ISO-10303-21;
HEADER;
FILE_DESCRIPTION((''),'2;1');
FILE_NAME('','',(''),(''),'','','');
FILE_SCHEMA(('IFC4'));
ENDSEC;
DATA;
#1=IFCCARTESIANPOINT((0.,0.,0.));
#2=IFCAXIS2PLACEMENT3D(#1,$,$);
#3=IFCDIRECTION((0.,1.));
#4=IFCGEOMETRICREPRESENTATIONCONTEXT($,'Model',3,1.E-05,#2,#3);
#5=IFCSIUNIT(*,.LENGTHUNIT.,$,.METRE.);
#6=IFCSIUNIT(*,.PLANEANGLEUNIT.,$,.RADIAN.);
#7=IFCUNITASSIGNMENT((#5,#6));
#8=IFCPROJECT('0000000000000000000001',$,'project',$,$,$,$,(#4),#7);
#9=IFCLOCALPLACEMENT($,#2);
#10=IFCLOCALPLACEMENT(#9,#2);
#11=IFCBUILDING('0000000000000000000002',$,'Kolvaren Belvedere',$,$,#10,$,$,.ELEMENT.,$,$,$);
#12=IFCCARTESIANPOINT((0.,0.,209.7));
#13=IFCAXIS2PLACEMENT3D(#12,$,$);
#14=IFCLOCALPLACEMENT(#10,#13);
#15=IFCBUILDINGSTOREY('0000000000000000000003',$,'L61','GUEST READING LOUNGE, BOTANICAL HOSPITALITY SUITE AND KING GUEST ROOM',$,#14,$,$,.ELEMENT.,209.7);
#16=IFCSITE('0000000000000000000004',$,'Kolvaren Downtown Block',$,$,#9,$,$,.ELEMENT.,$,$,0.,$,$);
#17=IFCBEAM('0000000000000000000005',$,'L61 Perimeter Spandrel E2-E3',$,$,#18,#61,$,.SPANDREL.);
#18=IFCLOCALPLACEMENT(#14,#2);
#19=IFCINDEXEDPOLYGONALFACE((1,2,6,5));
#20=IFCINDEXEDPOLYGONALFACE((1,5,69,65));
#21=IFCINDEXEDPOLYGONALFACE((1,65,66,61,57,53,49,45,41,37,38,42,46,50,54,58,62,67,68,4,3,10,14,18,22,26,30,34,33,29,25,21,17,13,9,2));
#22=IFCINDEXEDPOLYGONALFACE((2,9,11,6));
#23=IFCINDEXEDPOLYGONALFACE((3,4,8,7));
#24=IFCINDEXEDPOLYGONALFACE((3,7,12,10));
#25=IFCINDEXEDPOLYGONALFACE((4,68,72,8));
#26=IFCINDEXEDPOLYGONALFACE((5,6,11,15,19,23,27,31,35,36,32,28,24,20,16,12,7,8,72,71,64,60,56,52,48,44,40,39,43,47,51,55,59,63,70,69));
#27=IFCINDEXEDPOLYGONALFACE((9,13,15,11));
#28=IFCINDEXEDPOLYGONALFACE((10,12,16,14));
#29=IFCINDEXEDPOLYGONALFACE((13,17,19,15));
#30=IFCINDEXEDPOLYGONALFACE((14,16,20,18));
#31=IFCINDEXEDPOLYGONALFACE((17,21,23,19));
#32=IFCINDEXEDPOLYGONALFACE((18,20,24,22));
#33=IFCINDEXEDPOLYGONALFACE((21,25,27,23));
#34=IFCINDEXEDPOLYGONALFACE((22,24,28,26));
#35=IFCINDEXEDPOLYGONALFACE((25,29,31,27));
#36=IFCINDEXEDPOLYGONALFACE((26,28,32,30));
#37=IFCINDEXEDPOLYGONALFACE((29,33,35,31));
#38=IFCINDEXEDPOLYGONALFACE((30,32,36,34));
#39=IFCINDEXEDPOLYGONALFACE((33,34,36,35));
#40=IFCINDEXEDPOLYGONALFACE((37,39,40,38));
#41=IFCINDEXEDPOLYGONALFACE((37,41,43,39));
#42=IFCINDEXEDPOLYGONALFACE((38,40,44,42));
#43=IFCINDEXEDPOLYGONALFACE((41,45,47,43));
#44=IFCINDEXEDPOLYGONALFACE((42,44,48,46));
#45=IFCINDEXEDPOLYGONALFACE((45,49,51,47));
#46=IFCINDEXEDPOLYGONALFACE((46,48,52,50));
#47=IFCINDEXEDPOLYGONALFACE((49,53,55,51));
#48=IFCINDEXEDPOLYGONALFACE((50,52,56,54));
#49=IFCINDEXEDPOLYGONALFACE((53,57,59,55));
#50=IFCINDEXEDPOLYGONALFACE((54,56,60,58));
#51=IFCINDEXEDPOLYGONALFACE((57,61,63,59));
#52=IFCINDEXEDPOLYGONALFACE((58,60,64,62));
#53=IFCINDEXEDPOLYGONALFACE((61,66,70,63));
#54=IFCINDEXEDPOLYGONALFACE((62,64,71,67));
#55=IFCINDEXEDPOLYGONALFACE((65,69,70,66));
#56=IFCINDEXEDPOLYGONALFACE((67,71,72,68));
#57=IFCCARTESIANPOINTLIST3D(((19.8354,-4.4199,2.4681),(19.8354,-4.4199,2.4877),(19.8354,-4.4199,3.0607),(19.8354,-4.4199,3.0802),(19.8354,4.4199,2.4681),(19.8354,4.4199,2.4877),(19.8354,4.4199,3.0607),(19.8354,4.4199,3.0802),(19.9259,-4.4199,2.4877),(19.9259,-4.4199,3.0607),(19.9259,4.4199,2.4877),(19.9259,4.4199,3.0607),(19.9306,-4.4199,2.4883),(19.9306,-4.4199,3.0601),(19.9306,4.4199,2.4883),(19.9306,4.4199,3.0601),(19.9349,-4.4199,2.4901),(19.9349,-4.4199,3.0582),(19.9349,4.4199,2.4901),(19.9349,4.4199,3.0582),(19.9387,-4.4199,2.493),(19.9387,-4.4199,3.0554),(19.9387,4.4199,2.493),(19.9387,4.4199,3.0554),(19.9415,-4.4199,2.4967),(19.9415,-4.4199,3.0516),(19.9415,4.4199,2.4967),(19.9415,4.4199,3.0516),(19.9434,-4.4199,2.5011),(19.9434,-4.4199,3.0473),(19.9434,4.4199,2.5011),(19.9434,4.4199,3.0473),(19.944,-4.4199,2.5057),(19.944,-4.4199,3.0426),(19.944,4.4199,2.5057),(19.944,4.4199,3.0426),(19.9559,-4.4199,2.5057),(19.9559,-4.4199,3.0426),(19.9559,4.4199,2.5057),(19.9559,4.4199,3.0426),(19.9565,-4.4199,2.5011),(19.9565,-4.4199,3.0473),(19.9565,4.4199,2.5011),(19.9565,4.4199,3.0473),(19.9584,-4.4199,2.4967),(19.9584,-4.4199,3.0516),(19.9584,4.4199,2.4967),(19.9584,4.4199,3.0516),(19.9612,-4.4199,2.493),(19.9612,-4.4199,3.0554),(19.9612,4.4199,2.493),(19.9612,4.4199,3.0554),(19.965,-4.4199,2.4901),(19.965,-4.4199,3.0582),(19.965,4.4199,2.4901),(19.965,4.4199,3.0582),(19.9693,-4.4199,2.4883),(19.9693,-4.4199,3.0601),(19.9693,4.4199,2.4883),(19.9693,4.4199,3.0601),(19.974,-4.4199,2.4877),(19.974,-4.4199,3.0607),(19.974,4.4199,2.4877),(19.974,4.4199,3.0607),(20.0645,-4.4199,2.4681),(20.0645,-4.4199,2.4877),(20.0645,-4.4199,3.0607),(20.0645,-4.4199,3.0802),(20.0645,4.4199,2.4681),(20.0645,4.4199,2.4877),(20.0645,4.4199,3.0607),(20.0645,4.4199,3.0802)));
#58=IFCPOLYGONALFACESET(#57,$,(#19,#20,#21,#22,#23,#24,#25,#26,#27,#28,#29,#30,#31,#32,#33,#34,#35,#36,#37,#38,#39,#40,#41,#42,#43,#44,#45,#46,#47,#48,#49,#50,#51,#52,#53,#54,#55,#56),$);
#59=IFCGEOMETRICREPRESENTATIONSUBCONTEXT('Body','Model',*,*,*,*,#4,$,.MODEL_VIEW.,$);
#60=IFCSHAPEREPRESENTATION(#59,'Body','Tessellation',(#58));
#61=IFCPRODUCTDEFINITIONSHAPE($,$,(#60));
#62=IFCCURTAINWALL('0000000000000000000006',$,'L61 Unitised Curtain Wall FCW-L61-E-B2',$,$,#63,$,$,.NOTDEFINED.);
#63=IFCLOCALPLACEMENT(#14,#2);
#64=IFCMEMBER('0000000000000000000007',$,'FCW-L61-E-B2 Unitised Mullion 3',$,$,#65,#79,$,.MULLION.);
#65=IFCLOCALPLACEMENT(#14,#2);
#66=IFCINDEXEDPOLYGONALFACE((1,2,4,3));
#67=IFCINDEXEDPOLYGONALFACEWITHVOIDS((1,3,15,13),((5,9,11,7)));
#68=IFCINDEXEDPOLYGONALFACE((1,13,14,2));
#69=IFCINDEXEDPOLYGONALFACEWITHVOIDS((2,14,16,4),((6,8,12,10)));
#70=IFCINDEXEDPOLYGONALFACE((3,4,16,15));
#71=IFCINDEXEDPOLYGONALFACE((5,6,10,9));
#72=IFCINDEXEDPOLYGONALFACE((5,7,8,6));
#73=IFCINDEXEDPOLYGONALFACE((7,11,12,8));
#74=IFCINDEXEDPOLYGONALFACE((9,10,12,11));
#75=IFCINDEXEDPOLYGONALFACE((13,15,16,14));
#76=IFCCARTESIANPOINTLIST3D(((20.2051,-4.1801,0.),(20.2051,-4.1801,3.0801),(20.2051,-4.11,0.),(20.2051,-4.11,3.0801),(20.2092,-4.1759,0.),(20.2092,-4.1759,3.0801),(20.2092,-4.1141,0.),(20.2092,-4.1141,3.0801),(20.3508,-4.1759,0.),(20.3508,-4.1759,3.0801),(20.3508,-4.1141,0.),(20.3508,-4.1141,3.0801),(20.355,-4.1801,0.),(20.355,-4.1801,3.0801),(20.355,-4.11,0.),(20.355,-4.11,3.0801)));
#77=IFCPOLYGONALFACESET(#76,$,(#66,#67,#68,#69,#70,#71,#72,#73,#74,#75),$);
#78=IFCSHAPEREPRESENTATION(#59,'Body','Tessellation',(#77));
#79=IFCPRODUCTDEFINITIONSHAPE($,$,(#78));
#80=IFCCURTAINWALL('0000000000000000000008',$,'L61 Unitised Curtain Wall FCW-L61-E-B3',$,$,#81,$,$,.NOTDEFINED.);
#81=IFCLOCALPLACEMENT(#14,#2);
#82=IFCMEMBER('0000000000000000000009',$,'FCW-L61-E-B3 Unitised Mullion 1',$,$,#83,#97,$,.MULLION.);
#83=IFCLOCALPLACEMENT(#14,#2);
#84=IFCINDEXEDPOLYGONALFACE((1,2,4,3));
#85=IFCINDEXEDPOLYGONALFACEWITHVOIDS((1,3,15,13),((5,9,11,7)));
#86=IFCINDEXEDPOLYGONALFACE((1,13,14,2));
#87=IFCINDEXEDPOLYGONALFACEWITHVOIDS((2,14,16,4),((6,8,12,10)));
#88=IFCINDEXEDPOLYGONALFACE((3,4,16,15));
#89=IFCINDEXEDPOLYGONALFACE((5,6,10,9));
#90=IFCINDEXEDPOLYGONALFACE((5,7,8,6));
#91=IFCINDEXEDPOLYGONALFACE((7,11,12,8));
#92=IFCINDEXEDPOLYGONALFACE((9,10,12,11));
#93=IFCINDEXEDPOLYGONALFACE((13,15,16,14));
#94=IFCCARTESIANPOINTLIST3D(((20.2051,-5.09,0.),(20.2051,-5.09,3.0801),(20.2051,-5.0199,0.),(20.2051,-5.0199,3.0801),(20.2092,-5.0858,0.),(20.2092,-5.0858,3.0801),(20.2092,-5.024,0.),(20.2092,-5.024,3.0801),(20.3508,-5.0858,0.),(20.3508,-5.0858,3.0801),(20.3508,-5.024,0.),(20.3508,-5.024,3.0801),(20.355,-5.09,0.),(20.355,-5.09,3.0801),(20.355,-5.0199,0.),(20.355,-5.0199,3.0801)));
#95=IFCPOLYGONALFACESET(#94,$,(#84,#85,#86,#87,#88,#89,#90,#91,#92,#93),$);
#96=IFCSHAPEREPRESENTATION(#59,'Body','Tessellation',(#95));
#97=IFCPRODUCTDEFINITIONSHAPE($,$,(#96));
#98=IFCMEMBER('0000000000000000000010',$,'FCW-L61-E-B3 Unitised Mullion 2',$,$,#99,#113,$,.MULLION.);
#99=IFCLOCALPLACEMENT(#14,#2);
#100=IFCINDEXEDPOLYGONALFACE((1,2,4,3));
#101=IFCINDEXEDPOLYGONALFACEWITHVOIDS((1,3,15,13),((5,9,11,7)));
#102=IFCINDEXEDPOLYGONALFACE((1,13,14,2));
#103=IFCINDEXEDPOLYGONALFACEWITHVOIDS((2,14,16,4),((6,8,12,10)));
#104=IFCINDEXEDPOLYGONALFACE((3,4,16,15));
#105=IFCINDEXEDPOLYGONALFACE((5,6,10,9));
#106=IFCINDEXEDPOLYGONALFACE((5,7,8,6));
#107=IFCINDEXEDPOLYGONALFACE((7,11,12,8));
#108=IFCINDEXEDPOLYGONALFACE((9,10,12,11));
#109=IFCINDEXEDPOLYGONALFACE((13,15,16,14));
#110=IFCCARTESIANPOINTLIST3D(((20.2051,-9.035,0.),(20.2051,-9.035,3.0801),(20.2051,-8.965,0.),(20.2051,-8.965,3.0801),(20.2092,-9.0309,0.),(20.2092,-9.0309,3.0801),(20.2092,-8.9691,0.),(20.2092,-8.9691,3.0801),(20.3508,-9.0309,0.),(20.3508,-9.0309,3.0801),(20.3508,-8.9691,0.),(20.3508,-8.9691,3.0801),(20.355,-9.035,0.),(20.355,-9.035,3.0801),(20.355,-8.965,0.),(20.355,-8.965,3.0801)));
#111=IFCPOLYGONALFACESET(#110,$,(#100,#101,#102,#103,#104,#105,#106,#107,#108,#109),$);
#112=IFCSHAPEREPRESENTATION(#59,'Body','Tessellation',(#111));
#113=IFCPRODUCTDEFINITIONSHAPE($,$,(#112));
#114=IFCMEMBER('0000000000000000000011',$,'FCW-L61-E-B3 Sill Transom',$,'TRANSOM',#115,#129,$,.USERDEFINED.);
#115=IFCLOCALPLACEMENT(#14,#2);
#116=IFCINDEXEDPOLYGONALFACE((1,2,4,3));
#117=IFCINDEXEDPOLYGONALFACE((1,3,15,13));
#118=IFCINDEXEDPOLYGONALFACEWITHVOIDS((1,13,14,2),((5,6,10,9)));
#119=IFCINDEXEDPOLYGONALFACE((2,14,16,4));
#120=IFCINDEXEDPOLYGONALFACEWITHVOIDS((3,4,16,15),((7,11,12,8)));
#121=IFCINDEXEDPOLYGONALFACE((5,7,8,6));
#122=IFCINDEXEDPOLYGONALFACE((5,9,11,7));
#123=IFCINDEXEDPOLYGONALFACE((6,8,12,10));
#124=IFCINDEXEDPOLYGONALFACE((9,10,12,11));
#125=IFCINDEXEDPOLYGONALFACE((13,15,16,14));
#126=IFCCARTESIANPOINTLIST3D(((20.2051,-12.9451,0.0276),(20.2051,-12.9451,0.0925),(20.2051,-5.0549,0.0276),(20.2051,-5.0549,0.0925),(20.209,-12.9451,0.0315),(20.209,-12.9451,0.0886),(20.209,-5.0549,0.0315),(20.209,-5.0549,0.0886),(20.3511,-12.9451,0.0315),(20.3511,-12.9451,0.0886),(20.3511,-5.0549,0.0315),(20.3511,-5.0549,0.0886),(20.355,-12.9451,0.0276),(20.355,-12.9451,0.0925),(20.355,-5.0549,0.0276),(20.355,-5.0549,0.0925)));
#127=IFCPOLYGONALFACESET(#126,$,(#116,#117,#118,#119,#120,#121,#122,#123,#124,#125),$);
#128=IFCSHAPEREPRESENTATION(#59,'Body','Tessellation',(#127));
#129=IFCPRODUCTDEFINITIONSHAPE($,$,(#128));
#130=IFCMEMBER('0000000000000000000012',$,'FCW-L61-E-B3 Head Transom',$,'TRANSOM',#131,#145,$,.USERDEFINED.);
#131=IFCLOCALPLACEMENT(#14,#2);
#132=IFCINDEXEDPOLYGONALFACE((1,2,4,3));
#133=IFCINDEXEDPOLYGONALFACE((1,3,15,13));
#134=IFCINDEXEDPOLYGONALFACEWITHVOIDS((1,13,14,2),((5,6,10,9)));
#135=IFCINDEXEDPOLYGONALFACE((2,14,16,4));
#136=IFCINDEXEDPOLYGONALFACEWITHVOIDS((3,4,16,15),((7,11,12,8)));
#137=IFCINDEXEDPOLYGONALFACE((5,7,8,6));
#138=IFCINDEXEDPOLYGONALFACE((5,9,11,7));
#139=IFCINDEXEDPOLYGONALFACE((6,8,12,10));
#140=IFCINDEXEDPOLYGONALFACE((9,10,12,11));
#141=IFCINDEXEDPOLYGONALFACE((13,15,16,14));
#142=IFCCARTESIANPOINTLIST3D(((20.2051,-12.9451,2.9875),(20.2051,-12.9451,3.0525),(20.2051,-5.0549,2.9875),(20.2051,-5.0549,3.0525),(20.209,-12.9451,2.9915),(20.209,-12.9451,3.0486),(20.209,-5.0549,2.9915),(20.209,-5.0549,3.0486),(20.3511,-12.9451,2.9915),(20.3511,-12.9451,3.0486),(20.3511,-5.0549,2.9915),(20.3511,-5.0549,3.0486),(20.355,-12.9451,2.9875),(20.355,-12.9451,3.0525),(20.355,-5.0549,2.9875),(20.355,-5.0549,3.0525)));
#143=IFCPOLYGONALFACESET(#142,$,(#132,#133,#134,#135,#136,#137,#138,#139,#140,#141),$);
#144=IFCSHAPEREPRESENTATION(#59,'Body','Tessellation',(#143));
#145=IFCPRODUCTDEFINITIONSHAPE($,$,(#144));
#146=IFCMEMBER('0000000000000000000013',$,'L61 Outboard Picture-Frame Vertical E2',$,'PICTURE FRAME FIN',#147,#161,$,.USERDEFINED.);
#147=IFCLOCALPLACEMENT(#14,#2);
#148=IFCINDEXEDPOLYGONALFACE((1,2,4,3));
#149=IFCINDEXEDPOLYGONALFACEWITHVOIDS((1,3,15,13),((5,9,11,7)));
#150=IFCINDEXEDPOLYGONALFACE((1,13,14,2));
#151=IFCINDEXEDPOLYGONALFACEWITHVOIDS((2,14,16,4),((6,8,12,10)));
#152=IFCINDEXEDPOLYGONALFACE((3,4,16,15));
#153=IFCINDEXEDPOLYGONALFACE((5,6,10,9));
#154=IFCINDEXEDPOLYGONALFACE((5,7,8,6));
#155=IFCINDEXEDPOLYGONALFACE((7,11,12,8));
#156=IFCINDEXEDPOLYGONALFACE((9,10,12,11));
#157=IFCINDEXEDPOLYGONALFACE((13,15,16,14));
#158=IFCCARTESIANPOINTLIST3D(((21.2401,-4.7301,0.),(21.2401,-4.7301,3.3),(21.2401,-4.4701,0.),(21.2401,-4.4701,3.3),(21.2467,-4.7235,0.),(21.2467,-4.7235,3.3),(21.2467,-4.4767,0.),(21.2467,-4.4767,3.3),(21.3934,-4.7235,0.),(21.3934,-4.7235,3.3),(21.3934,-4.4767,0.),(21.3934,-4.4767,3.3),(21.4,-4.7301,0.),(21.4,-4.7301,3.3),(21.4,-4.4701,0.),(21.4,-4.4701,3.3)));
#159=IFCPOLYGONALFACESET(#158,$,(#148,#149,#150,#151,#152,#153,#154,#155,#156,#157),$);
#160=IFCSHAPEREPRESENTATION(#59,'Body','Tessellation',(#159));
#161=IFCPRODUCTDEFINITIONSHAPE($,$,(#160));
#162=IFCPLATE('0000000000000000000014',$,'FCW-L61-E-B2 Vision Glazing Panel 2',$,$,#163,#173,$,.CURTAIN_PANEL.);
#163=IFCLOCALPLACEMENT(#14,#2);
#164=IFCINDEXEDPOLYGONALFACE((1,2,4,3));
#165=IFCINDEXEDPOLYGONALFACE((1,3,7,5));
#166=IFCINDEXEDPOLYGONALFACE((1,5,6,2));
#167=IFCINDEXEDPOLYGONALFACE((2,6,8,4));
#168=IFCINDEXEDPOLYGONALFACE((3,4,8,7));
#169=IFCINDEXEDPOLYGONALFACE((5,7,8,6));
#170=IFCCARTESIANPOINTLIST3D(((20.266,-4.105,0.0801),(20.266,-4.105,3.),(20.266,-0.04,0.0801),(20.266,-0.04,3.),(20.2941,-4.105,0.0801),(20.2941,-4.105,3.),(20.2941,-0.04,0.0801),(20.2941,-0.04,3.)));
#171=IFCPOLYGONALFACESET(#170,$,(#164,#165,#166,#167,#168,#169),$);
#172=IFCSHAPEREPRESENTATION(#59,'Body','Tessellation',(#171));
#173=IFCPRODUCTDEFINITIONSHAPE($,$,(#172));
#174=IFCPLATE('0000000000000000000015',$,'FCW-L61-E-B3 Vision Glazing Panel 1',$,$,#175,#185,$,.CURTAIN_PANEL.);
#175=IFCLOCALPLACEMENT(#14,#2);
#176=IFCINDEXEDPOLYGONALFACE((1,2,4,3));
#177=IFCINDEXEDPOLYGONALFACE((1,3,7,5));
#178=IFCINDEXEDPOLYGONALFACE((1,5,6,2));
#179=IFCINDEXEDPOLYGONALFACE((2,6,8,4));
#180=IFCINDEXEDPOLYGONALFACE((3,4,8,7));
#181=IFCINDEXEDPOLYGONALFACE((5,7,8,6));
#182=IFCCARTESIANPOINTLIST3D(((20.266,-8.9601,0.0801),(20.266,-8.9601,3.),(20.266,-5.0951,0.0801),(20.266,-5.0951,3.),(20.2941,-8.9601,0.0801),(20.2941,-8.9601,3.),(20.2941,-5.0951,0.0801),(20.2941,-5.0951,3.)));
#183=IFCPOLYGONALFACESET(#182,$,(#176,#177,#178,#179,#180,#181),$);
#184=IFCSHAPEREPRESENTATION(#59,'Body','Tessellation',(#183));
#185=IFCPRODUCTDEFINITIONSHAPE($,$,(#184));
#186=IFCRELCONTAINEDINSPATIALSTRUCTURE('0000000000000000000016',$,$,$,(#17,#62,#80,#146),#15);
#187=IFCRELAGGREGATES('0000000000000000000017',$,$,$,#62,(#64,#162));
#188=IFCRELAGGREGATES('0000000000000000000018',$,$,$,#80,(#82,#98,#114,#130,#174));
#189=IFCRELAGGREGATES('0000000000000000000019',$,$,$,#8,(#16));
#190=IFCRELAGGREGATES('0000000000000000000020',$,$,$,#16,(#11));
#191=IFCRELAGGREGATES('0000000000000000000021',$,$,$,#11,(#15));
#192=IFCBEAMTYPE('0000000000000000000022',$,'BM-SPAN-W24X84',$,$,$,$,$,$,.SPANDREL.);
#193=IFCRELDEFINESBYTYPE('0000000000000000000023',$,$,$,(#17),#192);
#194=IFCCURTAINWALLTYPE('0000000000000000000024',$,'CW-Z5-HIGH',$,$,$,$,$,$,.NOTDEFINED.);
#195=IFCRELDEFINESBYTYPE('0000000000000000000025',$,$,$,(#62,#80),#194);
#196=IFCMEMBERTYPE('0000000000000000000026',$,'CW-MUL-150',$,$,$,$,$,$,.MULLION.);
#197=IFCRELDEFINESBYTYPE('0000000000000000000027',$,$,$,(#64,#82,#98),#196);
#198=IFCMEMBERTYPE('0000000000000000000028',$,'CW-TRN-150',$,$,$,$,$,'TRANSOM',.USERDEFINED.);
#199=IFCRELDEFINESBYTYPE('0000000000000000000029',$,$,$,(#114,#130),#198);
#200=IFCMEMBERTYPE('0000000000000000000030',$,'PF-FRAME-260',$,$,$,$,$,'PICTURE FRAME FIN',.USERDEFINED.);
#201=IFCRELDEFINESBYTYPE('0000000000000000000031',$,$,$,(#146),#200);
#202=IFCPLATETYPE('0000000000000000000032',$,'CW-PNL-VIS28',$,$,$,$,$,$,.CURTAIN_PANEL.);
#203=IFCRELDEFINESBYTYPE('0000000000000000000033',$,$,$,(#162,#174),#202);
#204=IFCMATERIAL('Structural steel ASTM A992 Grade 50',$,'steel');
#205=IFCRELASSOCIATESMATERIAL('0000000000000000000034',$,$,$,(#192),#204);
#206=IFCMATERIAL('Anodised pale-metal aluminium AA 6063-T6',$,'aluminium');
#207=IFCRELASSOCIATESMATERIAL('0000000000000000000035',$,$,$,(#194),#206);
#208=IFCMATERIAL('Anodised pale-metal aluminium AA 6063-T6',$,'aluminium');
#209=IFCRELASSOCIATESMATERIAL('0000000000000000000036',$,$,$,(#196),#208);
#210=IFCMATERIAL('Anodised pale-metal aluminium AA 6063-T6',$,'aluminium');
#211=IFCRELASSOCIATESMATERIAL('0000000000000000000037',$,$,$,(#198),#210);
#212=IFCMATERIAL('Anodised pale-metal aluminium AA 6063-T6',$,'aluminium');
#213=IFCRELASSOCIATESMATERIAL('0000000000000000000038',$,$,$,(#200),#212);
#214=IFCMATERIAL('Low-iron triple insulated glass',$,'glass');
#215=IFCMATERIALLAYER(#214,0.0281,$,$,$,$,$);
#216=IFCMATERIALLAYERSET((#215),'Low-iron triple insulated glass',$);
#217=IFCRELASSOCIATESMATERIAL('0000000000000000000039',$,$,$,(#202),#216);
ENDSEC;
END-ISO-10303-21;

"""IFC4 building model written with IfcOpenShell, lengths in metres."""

from ifc_helpers import new_model, si_unit, direction, frame, origin, origin_2d, place, context, subcontext, project, spatial, rectangle, hollow_rectangle, i_section, extrude, material, layer, layer_set, material_profile, profile_set, type_object, element, aggregate, save


model = new_model("IFC4")

# Units and contexts
model_context = context("Model", 3, precision=1e-05, world=origin(), true_north=direction((0.0, 1.0)))
body_context = subcontext(model_context, "Body", "Model", "MODEL_VIEW")
ifc_project = project(units=[si_unit("LENGTHUNIT", "METRE"), si_unit("PLANEANGLEUNIT", "RADIAN")], contexts=[model_context])

# Site, building, storey
site_placement = place(None, origin())
site = spatial("IfcSite", under=ifc_project, at=site_placement, Name="Kolvaren Downtown Block", CompositionType="ELEMENT", RefElevation=0.0)
building_placement = place(site_placement, origin())
building = spatial("IfcBuilding", under=site, at=building_placement, Name="Kolvaren Belvedere", CompositionType="ELEMENT")
storey_placement = place(building_placement, frame((0.0, 0.0, 209.7)))
storey = spatial("IfcBuildingStorey", under=building, at=storey_placement, Name="L61", Description="GUEST READING LOUNGE, BOTANICAL HOSPITALITY SUITE AND KING GUEST ROOM", CompositionType="ELEMENT", Elevation=209.7)

# Beam
ifc_material_1 = material(Name="Structural steel ASTM A992 Grade 50", Category="steel")
ifc_material_profile_1 = material_profile(ifc_material_1, i_section(OverallWidth=0.229, OverallDepth=0.6121, WebThickness=0.012, FlangeThickness=0.0195, FilletRadius=0.0181, at=origin_2d()), Name="W24X84")
ifc_profile_set_1 = profile_set([ifc_material_profile_1], Name="Structural steel ASTM A992 Grade 50")
beam_type_1 = type_object("IfcBeamType", Name="BM-SPAN-W24X84", PredefinedType="SPANDREL", material=ifc_profile_set_1)
beam_1_placement = place(storey_placement, frame((19.95, -4.4199, 2.7742), z_axis=(0.0, 1.0, 0.0), x_axis=(-1.0, 0.0, 0.0)))
element("IfcBeam", 1, at=beam_1_placement, inside=storey, type_object=beam_type_1, Name="L61 Perimeter Spandrel E2-E3", PredefinedType="SPANDREL", context=body_context, shape_type="SweptSolid", body=[
    extrude(i_section(OverallWidth=0.229, OverallDepth=0.6121, WebThickness=0.012, FlangeThickness=0.0195, FilletRadius=0.0181, at=origin_2d()), origin(), (0.0, 0.0, 1.0), 8.8398),
])

# Curtain wall, member
ifc_material_2 = material(Name="Anodised pale-metal aluminium AA 6063-T6", Category="aluminium")
curtain_wall_type = type_object("IfcCurtainWallType", Name="CW-Z5-HIGH", PredefinedType="NOTDEFINED", material=ifc_material_2)
curtain_wall_1_placement = place(storey_placement, origin())
curtain_wall_1 = element("IfcCurtainWall", 2, at=curtain_wall_1_placement, inside=storey, type_object=curtain_wall_type, Name="L61 Unitised Curtain Wall FCW-L61-E-B2", PredefinedType="NOTDEFINED")
ifc_material_3 = material(Name="Anodised pale-metal aluminium AA 6063-T6", Category="aluminium")
ifc_material_profile_2 = material_profile(ifc_material_3, hollow_rectangle(XDim=0.0701, YDim=0.1499, WallThickness=0.0042, at=origin_2d()), Name="ALU-MUL-150X70")
ifc_profile_set_2 = profile_set([ifc_material_profile_2], Name="Anodised pale-metal aluminium AA 6063-T6")
member_type_1 = type_object("IfcMemberType", Name="CW-MUL-150", PredefinedType="MULLION", material=ifc_profile_set_2)
member_1_placement = place(storey_placement, frame((20.28, -4.145, 0.0), z_axis=(0.0, 0.0, 1.0), x_axis=(0.0, 1.0, 0.0)))
member_1 = element("IfcMember", 3, at=member_1_placement, type_object=member_type_1, Name="FCW-L61-E-B2 Unitised Mullion 3", PredefinedType="MULLION", context=body_context, shape_type="SweptSolid", body=[
    extrude(hollow_rectangle(XDim=0.0701, YDim=0.1499, WallThickness=0.0042, at=origin_2d()), origin(), (0.0, 0.0, 1.0), 3.0801),
])

# Curtain wall, members
curtain_wall_2_placement = place(storey_placement, origin())
curtain_wall_2 = element("IfcCurtainWall", 4, at=curtain_wall_2_placement, inside=storey, type_object=curtain_wall_type, Name="L61 Unitised Curtain Wall FCW-L61-E-B3", PredefinedType="NOTDEFINED")
member_2_placement = place(storey_placement, frame((20.28, -5.0549, 0.0), z_axis=(0.0, 0.0, 1.0), x_axis=(0.0, 1.0, 0.0)))
member_2 = element("IfcMember", 5, at=member_2_placement, type_object=member_type_1, Name="FCW-L61-E-B3 Unitised Mullion 1", PredefinedType="MULLION", context=body_context, shape_type="SweptSolid", body=[
    extrude(hollow_rectangle(XDim=0.0701, YDim=0.1499, WallThickness=0.0042, at=origin_2d()), origin(), (0.0, 0.0, 1.0), 3.0801),
])
member_3_placement = place(storey_placement, frame((20.28, -9.0, 0.0), z_axis=(0.0, 0.0, 1.0), x_axis=(0.0, 1.0, 0.0)))
member_3 = element("IfcMember", 6, at=member_3_placement, type_object=member_type_1, Name="FCW-L61-E-B3 Unitised Mullion 2", PredefinedType="MULLION", context=body_context, shape_type="SweptSolid", body=[
    extrude(hollow_rectangle(XDim=0.0701, YDim=0.1499, WallThickness=0.0042, at=origin_2d()), origin(), (0.0, 0.0, 1.0), 3.0801),
])
ifc_material_4 = material(Name="Anodised pale-metal aluminium AA 6063-T6", Category="aluminium")
ifc_material_profile_3 = material_profile(ifc_material_4, hollow_rectangle(XDim=0.0649, YDim=0.1499, WallThickness=0.0039, at=origin_2d()), Name="ALU-TRN-150X65")
ifc_profile_set_3 = profile_set([ifc_material_profile_3], Name="Anodised pale-metal aluminium AA 6063-T6")
member_type_2 = type_object("IfcMemberType", Name="CW-TRN-150", ElementType="TRANSOM", PredefinedType="USERDEFINED", material=ifc_profile_set_3)
member_4_placement = place(storey_placement, frame((20.28, -5.0549, 0.0601), z_axis=(0.0, -1.0, 0.0), x_axis=(0.0, 0.0, 1.0)))
member_4 = element("IfcMember", 7, at=member_4_placement, type_object=member_type_2, Name="FCW-L61-E-B3 Sill Transom", ObjectType="TRANSOM", PredefinedType="USERDEFINED", context=body_context, shape_type="SweptSolid", body=[
    extrude(hollow_rectangle(XDim=0.0649, YDim=0.1499, WallThickness=0.0039, at=origin_2d()), origin(), (0.0, 0.0, 1.0), 7.8901),
])
member_5_placement = place(storey_placement, frame((20.28, -5.0549, 3.02), z_axis=(0.0, -1.0, 0.0), x_axis=(0.0, 0.0, 1.0)))
member_5 = element("IfcMember", 8, at=member_5_placement, type_object=member_type_2, Name="FCW-L61-E-B3 Head Transom", ObjectType="TRANSOM", PredefinedType="USERDEFINED", context=body_context, shape_type="SweptSolid", body=[
    extrude(hollow_rectangle(XDim=0.0649, YDim=0.1499, WallThickness=0.0039, at=origin_2d()), origin(), (0.0, 0.0, 1.0), 7.8901),
])

# Member
ifc_material_5 = material(Name="Anodised pale-metal aluminium AA 6063-T6", Category="aluminium")
ifc_material_profile_4 = material_profile(ifc_material_5, hollow_rectangle(XDim=0.1599, YDim=0.26, WallThickness=0.0066, at=origin_2d()), Name="ALU-PF-260X160")
ifc_profile_set_4 = profile_set([ifc_material_profile_4], Name="Anodised pale-metal aluminium AA 6063-T6")
member_type_3 = type_object("IfcMemberType", Name="PF-FRAME-260", ElementType="PICTURE FRAME FIN", PredefinedType="USERDEFINED", material=ifc_profile_set_4)
member_6_placement = place(storey_placement, frame((21.3201, -4.6001, 0.0), z_axis=(0.0, 0.0, 1.0), x_axis=(1.0, 0.0, 0.0)))
element("IfcMember", 9, at=member_6_placement, inside=storey, type_object=member_type_3, Name="L61 Outboard Picture-Frame Vertical E2", ObjectType="PICTURE FRAME FIN", PredefinedType="USERDEFINED", context=body_context, shape_type="SweptSolid", body=[
    extrude(hollow_rectangle(XDim=0.1599, YDim=0.26, WallThickness=0.0066, at=origin_2d()), origin(), (0.0, 0.0, 1.0), 3.3),
])

# Plates
ifc_material_6 = material(Name="Low-iron triple insulated glass", Category="glass")
ifc_layer_1 = layer(ifc_material_6, 0.0281)
ifc_layer_set_1 = layer_set([ifc_layer_1], Name="Low-iron triple insulated glass")
plate_type_1 = type_object("IfcPlateType", Name="CW-PNL-VIS28", PredefinedType="CURTAIN_PANEL", material=ifc_layer_set_1)
plate_1_placement = place(storey_placement, frame((20.28, -2.0725, 0.0801), z_axis=(0.0, 0.0, 1.0), x_axis=(0.0, -1.0, 0.0)))
plate_1 = element("IfcPlate", 10, at=plate_1_placement, type_object=plate_type_1, Name="FCW-L61-E-B2 Vision Glazing Panel 2", PredefinedType="CURTAIN_PANEL", context=body_context, shape_type="SweptSolid", body=[
    extrude(rectangle(XDim=4.0649, YDim=0.0281, at=origin_2d()), origin(), (0.0, 0.0, 1.0), 2.9199),
])
aggregate(curtain_wall_1, [member_1, plate_1])
plate_2_placement = place(storey_placement, frame((20.28, -7.0276, 0.0801), z_axis=(0.0, 0.0, 1.0), x_axis=(0.0, -1.0, 0.0)))
plate_2 = element("IfcPlate", 11, at=plate_2_placement, type_object=plate_type_1, Name="FCW-L61-E-B3 Vision Glazing Panel 1", PredefinedType="CURTAIN_PANEL", context=body_context, shape_type="SweptSolid", body=[
    extrude(rectangle(XDim=3.865, YDim=0.0281, at=origin_2d()), origin(), (0.0, 0.0, 1.0), 2.9199),
])
aggregate(curtain_wall_2, [member_2, member_3, member_4, member_5, plate_2])

save(model, "model.ifc")
